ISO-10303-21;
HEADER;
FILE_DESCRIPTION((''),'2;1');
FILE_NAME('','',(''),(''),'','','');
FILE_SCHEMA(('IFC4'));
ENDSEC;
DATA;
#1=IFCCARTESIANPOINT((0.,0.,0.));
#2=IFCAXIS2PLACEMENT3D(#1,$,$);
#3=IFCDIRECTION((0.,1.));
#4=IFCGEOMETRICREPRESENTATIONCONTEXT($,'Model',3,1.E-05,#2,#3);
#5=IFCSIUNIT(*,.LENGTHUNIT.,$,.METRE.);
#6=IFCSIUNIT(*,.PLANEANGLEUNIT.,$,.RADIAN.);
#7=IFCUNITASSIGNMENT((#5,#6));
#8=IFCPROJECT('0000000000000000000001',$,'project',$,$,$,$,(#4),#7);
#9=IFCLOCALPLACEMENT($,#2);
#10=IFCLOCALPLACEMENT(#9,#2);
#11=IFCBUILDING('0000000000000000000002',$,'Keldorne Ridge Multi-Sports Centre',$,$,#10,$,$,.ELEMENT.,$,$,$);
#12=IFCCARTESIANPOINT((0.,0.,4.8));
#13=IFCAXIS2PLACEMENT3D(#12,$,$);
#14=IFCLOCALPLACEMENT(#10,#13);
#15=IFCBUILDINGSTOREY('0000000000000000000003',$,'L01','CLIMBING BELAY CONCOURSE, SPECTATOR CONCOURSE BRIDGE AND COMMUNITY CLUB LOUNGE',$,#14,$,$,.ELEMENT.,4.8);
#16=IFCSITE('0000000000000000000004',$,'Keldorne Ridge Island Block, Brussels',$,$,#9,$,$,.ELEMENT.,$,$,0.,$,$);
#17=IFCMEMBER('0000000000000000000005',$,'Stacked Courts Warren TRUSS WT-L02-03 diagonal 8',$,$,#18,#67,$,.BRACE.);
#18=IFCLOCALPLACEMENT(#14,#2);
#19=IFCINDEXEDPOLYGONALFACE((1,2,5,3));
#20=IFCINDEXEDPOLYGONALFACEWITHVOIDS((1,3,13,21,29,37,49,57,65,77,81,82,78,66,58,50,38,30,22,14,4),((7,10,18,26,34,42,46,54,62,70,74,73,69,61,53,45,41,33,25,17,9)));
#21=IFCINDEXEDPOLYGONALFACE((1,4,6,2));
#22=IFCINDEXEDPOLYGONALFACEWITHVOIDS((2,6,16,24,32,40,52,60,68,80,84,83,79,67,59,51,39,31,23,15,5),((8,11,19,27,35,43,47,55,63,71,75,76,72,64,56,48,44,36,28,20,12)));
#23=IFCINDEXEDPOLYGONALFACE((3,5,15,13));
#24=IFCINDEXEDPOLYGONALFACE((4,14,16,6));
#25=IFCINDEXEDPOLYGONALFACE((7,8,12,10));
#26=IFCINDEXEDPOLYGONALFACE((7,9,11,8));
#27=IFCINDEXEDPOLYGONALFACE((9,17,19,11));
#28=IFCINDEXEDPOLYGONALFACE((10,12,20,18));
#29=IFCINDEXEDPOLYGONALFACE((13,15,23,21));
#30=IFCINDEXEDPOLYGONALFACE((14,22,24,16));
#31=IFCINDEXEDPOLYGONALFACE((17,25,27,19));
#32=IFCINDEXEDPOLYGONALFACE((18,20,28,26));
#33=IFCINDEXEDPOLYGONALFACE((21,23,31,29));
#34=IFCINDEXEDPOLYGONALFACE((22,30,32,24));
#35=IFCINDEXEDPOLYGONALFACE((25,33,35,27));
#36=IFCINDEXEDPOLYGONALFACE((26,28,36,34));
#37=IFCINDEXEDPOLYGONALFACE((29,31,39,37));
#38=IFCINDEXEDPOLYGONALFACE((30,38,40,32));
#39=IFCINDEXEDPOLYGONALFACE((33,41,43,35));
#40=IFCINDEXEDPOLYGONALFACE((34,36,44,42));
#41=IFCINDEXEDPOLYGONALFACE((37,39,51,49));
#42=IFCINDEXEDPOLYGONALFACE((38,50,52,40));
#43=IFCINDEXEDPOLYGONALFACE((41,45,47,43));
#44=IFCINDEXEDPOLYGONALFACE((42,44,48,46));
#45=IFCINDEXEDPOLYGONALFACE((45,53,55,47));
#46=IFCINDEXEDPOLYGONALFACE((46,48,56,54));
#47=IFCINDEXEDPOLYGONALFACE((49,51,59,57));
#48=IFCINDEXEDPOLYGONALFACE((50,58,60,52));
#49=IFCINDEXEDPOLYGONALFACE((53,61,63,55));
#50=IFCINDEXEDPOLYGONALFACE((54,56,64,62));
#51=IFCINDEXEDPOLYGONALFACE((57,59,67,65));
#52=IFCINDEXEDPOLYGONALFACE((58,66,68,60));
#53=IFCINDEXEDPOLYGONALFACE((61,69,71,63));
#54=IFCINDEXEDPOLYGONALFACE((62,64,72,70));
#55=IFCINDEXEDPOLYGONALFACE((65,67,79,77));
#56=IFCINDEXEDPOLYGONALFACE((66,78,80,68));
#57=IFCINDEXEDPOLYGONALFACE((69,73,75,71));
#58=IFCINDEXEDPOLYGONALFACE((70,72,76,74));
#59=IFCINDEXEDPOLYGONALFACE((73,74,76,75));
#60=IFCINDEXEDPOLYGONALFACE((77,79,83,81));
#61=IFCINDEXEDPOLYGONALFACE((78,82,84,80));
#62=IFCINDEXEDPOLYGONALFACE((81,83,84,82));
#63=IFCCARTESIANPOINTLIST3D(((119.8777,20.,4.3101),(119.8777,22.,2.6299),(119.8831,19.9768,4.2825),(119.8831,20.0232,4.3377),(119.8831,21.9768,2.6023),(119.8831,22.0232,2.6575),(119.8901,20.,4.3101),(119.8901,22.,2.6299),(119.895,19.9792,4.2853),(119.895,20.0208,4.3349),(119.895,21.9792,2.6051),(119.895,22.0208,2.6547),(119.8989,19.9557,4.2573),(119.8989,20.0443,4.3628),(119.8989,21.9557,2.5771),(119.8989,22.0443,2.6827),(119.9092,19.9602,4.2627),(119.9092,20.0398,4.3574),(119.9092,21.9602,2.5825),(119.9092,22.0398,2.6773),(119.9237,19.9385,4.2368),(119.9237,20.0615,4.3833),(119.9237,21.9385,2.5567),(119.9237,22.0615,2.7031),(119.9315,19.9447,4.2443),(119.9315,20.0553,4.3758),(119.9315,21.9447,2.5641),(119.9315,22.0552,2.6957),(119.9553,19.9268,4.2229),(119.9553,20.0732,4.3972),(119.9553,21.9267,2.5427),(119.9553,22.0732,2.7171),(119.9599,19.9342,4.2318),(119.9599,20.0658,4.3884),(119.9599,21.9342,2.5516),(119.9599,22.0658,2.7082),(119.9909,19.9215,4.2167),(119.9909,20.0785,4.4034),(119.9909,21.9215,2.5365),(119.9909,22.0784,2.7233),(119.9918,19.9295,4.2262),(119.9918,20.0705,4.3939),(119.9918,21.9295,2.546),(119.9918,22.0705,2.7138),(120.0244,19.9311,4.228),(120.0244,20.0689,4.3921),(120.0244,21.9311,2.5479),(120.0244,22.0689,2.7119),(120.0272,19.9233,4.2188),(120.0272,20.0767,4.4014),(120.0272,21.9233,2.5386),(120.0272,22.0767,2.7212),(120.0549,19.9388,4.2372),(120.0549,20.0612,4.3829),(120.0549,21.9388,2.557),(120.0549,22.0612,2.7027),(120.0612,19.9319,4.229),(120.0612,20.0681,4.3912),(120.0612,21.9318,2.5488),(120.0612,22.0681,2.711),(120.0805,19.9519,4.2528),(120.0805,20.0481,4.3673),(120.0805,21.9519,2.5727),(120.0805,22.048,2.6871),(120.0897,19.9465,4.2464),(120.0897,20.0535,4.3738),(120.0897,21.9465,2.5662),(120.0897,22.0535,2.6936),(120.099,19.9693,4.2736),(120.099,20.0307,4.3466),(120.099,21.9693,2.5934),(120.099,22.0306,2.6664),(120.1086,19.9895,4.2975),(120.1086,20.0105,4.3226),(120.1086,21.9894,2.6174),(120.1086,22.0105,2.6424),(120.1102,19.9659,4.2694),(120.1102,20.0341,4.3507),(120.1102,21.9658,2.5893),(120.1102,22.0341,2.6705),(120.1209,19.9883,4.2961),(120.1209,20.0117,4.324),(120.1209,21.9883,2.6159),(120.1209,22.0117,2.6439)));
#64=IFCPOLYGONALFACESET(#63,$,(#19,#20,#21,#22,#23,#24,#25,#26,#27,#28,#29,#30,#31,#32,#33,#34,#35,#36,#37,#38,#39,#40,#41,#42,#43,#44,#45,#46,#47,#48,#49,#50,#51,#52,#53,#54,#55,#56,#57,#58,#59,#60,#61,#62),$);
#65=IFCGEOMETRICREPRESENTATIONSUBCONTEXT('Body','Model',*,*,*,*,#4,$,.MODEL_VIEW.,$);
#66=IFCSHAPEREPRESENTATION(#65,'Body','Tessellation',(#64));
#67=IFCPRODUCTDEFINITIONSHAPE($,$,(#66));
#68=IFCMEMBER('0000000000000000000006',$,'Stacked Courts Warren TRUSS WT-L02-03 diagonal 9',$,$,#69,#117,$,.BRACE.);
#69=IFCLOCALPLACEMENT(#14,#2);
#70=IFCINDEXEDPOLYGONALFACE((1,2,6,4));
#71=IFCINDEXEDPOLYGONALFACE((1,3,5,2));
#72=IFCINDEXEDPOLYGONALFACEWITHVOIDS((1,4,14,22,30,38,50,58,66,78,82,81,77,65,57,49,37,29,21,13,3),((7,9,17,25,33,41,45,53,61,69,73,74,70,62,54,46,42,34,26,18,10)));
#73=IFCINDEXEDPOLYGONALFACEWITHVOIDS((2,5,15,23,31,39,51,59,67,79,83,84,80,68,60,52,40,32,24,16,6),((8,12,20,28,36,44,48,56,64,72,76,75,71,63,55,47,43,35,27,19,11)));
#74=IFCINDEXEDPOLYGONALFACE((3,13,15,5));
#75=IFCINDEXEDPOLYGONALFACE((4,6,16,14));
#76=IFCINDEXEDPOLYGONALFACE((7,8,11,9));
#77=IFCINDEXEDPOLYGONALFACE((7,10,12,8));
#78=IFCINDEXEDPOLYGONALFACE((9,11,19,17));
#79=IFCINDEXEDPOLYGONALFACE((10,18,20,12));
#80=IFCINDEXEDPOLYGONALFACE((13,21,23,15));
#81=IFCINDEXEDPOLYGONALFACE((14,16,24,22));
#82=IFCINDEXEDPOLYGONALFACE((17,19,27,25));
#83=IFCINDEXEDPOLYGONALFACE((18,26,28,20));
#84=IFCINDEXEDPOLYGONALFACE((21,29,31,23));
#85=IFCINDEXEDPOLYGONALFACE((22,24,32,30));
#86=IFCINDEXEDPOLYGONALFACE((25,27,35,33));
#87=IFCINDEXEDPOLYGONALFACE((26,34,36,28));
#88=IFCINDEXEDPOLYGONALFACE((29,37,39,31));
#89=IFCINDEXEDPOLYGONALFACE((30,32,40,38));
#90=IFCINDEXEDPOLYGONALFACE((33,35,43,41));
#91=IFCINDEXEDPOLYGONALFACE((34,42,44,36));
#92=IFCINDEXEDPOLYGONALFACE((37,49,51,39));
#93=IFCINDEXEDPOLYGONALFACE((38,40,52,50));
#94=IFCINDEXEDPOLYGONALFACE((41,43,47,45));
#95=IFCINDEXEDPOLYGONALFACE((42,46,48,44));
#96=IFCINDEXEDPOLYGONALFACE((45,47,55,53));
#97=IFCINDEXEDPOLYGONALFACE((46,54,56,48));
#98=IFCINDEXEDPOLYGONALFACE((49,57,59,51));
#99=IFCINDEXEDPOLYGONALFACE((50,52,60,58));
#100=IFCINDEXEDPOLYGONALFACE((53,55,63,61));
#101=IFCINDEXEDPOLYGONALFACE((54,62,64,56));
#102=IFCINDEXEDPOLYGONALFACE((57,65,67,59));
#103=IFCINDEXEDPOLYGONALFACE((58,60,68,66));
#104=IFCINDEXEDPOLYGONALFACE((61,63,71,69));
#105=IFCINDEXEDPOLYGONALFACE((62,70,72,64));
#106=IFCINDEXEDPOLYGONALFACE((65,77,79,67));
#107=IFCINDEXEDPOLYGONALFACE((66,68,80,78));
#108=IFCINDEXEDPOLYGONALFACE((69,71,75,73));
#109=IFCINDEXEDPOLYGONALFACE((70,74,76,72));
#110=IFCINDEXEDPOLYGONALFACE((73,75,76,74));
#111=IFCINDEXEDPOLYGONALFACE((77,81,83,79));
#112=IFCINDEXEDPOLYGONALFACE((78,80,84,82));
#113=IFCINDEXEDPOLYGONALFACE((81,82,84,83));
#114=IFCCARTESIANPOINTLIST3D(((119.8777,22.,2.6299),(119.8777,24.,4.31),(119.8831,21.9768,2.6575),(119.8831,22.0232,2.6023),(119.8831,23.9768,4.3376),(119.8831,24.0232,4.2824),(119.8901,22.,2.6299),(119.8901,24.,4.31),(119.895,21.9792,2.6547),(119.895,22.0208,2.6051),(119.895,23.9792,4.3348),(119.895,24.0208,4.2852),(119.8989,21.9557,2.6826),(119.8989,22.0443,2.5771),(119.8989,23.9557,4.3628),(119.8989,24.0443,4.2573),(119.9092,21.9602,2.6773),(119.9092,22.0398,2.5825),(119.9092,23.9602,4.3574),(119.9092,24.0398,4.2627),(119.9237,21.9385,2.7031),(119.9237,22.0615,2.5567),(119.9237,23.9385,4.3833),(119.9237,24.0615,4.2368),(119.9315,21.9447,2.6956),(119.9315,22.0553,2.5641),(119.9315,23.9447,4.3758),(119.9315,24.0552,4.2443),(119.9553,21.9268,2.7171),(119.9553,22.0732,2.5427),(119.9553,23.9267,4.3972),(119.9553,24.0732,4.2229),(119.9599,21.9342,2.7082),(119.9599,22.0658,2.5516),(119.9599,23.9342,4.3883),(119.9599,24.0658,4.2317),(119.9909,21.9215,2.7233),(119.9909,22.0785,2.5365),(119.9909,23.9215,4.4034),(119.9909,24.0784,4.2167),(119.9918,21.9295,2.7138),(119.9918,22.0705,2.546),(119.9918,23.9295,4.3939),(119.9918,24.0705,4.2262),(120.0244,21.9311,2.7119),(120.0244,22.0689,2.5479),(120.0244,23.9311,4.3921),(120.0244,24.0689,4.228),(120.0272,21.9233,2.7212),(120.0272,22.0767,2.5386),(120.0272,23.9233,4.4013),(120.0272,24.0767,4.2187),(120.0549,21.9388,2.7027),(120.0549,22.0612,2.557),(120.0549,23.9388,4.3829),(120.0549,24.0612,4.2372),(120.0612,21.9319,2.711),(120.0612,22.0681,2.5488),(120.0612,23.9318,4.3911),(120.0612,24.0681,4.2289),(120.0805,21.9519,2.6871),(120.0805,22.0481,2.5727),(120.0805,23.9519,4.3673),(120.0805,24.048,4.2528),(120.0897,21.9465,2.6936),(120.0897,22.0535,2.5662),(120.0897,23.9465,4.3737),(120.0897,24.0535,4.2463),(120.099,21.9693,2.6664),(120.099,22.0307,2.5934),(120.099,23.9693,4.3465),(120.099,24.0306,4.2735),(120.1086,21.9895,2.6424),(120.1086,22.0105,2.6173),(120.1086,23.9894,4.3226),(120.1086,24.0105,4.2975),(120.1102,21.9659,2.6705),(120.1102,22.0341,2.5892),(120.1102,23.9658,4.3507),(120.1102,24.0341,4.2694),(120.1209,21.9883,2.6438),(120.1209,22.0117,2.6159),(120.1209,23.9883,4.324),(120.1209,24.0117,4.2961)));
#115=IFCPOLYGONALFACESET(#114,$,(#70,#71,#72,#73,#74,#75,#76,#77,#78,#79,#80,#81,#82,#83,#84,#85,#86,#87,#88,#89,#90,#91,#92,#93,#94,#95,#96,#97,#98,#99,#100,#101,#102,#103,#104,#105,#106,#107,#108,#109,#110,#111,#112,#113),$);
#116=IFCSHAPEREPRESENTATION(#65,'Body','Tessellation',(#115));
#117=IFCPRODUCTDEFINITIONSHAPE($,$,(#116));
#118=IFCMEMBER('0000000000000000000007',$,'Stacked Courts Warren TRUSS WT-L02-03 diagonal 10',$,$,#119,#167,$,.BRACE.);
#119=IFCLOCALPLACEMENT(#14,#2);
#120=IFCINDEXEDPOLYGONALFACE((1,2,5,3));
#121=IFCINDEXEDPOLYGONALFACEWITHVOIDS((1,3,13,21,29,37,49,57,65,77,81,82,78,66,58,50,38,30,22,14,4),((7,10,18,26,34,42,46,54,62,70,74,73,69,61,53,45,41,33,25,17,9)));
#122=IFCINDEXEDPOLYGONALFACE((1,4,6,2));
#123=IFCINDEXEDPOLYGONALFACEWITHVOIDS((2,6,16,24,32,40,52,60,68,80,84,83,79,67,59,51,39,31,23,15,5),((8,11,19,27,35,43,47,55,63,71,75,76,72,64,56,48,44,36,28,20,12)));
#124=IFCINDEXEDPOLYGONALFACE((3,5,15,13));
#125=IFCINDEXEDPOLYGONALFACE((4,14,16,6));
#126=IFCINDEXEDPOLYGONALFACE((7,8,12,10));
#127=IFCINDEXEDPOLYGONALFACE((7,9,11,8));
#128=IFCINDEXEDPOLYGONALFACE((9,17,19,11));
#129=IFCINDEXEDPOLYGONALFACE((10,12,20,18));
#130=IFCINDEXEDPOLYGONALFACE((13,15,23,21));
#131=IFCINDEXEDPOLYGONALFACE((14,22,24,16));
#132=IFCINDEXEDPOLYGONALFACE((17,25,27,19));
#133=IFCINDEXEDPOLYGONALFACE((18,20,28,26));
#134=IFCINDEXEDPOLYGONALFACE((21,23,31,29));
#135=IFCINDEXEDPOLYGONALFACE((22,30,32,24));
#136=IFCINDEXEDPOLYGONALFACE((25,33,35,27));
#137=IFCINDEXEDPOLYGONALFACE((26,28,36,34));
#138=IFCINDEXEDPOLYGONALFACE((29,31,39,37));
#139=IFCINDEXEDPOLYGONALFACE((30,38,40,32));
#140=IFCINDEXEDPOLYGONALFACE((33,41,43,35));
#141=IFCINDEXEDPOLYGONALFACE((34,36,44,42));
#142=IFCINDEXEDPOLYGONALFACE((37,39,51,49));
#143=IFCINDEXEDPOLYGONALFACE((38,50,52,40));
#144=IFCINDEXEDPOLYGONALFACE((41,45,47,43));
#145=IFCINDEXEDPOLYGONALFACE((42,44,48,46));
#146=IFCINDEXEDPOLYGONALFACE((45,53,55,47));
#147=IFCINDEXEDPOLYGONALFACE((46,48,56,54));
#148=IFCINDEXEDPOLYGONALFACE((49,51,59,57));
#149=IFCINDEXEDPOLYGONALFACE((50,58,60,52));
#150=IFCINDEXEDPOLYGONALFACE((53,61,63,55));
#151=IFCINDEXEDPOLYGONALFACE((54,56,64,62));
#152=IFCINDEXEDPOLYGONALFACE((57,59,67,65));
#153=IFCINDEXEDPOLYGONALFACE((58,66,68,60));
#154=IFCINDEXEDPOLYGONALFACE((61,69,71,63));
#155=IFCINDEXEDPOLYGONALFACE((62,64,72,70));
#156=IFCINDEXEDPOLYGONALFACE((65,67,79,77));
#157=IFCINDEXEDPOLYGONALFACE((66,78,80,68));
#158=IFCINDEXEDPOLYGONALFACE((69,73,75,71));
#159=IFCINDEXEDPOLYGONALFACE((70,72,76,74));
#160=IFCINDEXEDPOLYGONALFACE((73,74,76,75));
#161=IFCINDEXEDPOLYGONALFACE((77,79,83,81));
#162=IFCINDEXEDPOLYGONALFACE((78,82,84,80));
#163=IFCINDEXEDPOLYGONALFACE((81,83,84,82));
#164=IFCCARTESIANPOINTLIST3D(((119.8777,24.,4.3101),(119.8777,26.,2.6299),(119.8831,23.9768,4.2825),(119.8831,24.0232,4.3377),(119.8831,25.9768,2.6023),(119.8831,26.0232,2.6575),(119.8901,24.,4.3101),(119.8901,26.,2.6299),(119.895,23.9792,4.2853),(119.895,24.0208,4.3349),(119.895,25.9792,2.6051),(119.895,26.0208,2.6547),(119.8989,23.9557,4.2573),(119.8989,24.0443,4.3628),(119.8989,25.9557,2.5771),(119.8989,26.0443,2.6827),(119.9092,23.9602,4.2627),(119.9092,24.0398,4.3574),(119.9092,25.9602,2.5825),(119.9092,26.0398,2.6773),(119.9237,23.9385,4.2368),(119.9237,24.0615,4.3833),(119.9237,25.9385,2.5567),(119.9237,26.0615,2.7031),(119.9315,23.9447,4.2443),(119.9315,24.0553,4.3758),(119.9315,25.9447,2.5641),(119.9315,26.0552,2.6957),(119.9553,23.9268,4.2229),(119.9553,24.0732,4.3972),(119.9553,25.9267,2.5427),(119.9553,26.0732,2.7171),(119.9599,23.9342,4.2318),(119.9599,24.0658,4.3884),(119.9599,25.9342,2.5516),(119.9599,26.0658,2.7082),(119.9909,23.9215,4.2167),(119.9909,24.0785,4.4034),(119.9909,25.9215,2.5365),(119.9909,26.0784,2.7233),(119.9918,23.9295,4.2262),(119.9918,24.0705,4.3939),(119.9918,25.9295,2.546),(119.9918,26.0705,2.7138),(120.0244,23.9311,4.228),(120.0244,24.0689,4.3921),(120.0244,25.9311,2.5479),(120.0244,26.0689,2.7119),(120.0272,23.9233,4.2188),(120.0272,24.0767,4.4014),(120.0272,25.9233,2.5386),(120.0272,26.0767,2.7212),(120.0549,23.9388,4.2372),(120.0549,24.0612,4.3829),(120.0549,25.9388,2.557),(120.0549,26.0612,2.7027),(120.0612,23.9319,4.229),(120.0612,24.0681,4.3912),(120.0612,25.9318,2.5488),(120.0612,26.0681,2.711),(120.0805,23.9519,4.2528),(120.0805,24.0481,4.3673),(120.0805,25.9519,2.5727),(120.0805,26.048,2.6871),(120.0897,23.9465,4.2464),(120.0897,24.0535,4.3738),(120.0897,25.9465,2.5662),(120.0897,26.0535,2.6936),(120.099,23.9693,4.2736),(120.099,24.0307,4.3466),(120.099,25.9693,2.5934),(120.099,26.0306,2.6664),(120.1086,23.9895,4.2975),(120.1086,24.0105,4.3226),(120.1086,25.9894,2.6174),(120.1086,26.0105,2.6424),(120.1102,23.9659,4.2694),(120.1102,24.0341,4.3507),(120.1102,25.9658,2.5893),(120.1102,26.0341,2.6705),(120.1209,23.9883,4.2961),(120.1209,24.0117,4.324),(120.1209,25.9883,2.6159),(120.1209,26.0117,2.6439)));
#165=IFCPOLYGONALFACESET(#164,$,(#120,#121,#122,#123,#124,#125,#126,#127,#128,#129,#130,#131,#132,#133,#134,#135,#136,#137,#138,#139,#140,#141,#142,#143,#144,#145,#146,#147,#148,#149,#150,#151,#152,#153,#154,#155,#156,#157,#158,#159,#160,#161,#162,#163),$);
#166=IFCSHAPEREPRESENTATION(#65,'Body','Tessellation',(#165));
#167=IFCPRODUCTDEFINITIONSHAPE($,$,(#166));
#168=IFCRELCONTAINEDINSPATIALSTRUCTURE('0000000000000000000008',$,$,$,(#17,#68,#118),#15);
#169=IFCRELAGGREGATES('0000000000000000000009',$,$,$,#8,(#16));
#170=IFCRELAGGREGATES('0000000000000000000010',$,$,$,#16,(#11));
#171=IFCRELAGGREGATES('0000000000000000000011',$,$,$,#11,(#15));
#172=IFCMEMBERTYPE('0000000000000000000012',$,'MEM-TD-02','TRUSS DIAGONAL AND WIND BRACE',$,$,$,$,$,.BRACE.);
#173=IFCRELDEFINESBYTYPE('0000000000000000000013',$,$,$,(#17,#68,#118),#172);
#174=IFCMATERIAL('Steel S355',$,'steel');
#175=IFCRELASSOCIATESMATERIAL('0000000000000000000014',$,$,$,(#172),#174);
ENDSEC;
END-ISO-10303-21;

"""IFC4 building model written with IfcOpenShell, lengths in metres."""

from ifc_helpers import new_model, si_unit, direction, frame, origin, origin_2d, place, context, subcontext, project, spatial, hollow_circle, extrude, material, material_profile, profile_set, type_object, element, save


model = new_model("IFC4")

# Units and contexts
model_context = context("Model", 3, precision=1e-05, world=origin(), true_north=direction((0.0, 1.0)))
body_context = subcontext(model_context, "Body", "Model", "MODEL_VIEW")
ifc_project = project(units=[si_unit("LENGTHUNIT", "METRE"), si_unit("PLANEANGLEUNIT", "RADIAN")], contexts=[model_context])

# Site, building, storey
site_placement = place(None, origin())
site = spatial("IfcSite", under=ifc_project, at=site_placement, Name="Keldorne Ridge Island Block, Brussels", CompositionType="ELEMENT", RefElevation=0.0)
building_placement = place(site_placement, origin())
building = spatial("IfcBuilding", under=site, at=building_placement, Name="Keldorne Ridge Multi-Sports Centre", CompositionType="ELEMENT")
storey_placement = place(building_placement, frame((0.0, 0.0, 4.8)))
storey = spatial("IfcBuildingStorey", under=building, at=storey_placement, Name="L01", Description="CLIMBING BELAY CONCOURSE, SPECTATOR CONCOURSE BRIDGE AND COMMUNITY CLUB LOUNGE", CompositionType="ELEMENT", Elevation=4.8)

# Members
ifc_material = material(Name="Steel S355", Category="steel")
ifc_material_profile_1 = material_profile(ifc_material, hollow_circle(Radius=0.1223, WallThickness=0.0125, at=origin_2d()), Name="CHS 244.5x12.5")
ifc_profile_set_1 = profile_set([ifc_material_profile_1], Name="Steel S355")
member_type_1 = type_object("IfcMemberType", Name="MEM-TD-02", Description="TRUSS DIAGONAL AND WIND BRACE", PredefinedType="BRACE", material=ifc_profile_set_1)
for number, where, z_axis, x_axis, name in (
    (1, (120.0, 20.0, 4.3101), (0.0, 0.765672, -0.643232), (-1.0, 0.0, 0.0), "Stacked Courts Warren TRUSS WT-L02-03 diagonal 8"),
    (2, (120.0, 22.0, 2.6299), (0.0, 0.765672, 0.643232), (-1.0, 0.0, 0.0), "Stacked Courts Warren TRUSS WT-L02-03 diagonal 9"),
    (3, (120.0, 24.0, 4.3101), (0.0, 0.765672, -0.643232), (-1.0, 0.0, 0.0), "Stacked Courts Warren TRUSS WT-L02-03 diagonal 10"),
):
    element("IfcMember", number, at=place(storey_placement, frame(where, z_axis=z_axis, x_axis=x_axis)), inside=storey, type_object=member_type_1, Name=name, PredefinedType="BRACE", context=body_context, shape_type="SweptSolid", body=[
        extrude(hollow_circle(Radius=0.1223, WallThickness=0.0125, at=origin_2d()), origin(), (0.0, 0.0, 1.0), 2.6121),
    ])

save(model, "model.ifc")
